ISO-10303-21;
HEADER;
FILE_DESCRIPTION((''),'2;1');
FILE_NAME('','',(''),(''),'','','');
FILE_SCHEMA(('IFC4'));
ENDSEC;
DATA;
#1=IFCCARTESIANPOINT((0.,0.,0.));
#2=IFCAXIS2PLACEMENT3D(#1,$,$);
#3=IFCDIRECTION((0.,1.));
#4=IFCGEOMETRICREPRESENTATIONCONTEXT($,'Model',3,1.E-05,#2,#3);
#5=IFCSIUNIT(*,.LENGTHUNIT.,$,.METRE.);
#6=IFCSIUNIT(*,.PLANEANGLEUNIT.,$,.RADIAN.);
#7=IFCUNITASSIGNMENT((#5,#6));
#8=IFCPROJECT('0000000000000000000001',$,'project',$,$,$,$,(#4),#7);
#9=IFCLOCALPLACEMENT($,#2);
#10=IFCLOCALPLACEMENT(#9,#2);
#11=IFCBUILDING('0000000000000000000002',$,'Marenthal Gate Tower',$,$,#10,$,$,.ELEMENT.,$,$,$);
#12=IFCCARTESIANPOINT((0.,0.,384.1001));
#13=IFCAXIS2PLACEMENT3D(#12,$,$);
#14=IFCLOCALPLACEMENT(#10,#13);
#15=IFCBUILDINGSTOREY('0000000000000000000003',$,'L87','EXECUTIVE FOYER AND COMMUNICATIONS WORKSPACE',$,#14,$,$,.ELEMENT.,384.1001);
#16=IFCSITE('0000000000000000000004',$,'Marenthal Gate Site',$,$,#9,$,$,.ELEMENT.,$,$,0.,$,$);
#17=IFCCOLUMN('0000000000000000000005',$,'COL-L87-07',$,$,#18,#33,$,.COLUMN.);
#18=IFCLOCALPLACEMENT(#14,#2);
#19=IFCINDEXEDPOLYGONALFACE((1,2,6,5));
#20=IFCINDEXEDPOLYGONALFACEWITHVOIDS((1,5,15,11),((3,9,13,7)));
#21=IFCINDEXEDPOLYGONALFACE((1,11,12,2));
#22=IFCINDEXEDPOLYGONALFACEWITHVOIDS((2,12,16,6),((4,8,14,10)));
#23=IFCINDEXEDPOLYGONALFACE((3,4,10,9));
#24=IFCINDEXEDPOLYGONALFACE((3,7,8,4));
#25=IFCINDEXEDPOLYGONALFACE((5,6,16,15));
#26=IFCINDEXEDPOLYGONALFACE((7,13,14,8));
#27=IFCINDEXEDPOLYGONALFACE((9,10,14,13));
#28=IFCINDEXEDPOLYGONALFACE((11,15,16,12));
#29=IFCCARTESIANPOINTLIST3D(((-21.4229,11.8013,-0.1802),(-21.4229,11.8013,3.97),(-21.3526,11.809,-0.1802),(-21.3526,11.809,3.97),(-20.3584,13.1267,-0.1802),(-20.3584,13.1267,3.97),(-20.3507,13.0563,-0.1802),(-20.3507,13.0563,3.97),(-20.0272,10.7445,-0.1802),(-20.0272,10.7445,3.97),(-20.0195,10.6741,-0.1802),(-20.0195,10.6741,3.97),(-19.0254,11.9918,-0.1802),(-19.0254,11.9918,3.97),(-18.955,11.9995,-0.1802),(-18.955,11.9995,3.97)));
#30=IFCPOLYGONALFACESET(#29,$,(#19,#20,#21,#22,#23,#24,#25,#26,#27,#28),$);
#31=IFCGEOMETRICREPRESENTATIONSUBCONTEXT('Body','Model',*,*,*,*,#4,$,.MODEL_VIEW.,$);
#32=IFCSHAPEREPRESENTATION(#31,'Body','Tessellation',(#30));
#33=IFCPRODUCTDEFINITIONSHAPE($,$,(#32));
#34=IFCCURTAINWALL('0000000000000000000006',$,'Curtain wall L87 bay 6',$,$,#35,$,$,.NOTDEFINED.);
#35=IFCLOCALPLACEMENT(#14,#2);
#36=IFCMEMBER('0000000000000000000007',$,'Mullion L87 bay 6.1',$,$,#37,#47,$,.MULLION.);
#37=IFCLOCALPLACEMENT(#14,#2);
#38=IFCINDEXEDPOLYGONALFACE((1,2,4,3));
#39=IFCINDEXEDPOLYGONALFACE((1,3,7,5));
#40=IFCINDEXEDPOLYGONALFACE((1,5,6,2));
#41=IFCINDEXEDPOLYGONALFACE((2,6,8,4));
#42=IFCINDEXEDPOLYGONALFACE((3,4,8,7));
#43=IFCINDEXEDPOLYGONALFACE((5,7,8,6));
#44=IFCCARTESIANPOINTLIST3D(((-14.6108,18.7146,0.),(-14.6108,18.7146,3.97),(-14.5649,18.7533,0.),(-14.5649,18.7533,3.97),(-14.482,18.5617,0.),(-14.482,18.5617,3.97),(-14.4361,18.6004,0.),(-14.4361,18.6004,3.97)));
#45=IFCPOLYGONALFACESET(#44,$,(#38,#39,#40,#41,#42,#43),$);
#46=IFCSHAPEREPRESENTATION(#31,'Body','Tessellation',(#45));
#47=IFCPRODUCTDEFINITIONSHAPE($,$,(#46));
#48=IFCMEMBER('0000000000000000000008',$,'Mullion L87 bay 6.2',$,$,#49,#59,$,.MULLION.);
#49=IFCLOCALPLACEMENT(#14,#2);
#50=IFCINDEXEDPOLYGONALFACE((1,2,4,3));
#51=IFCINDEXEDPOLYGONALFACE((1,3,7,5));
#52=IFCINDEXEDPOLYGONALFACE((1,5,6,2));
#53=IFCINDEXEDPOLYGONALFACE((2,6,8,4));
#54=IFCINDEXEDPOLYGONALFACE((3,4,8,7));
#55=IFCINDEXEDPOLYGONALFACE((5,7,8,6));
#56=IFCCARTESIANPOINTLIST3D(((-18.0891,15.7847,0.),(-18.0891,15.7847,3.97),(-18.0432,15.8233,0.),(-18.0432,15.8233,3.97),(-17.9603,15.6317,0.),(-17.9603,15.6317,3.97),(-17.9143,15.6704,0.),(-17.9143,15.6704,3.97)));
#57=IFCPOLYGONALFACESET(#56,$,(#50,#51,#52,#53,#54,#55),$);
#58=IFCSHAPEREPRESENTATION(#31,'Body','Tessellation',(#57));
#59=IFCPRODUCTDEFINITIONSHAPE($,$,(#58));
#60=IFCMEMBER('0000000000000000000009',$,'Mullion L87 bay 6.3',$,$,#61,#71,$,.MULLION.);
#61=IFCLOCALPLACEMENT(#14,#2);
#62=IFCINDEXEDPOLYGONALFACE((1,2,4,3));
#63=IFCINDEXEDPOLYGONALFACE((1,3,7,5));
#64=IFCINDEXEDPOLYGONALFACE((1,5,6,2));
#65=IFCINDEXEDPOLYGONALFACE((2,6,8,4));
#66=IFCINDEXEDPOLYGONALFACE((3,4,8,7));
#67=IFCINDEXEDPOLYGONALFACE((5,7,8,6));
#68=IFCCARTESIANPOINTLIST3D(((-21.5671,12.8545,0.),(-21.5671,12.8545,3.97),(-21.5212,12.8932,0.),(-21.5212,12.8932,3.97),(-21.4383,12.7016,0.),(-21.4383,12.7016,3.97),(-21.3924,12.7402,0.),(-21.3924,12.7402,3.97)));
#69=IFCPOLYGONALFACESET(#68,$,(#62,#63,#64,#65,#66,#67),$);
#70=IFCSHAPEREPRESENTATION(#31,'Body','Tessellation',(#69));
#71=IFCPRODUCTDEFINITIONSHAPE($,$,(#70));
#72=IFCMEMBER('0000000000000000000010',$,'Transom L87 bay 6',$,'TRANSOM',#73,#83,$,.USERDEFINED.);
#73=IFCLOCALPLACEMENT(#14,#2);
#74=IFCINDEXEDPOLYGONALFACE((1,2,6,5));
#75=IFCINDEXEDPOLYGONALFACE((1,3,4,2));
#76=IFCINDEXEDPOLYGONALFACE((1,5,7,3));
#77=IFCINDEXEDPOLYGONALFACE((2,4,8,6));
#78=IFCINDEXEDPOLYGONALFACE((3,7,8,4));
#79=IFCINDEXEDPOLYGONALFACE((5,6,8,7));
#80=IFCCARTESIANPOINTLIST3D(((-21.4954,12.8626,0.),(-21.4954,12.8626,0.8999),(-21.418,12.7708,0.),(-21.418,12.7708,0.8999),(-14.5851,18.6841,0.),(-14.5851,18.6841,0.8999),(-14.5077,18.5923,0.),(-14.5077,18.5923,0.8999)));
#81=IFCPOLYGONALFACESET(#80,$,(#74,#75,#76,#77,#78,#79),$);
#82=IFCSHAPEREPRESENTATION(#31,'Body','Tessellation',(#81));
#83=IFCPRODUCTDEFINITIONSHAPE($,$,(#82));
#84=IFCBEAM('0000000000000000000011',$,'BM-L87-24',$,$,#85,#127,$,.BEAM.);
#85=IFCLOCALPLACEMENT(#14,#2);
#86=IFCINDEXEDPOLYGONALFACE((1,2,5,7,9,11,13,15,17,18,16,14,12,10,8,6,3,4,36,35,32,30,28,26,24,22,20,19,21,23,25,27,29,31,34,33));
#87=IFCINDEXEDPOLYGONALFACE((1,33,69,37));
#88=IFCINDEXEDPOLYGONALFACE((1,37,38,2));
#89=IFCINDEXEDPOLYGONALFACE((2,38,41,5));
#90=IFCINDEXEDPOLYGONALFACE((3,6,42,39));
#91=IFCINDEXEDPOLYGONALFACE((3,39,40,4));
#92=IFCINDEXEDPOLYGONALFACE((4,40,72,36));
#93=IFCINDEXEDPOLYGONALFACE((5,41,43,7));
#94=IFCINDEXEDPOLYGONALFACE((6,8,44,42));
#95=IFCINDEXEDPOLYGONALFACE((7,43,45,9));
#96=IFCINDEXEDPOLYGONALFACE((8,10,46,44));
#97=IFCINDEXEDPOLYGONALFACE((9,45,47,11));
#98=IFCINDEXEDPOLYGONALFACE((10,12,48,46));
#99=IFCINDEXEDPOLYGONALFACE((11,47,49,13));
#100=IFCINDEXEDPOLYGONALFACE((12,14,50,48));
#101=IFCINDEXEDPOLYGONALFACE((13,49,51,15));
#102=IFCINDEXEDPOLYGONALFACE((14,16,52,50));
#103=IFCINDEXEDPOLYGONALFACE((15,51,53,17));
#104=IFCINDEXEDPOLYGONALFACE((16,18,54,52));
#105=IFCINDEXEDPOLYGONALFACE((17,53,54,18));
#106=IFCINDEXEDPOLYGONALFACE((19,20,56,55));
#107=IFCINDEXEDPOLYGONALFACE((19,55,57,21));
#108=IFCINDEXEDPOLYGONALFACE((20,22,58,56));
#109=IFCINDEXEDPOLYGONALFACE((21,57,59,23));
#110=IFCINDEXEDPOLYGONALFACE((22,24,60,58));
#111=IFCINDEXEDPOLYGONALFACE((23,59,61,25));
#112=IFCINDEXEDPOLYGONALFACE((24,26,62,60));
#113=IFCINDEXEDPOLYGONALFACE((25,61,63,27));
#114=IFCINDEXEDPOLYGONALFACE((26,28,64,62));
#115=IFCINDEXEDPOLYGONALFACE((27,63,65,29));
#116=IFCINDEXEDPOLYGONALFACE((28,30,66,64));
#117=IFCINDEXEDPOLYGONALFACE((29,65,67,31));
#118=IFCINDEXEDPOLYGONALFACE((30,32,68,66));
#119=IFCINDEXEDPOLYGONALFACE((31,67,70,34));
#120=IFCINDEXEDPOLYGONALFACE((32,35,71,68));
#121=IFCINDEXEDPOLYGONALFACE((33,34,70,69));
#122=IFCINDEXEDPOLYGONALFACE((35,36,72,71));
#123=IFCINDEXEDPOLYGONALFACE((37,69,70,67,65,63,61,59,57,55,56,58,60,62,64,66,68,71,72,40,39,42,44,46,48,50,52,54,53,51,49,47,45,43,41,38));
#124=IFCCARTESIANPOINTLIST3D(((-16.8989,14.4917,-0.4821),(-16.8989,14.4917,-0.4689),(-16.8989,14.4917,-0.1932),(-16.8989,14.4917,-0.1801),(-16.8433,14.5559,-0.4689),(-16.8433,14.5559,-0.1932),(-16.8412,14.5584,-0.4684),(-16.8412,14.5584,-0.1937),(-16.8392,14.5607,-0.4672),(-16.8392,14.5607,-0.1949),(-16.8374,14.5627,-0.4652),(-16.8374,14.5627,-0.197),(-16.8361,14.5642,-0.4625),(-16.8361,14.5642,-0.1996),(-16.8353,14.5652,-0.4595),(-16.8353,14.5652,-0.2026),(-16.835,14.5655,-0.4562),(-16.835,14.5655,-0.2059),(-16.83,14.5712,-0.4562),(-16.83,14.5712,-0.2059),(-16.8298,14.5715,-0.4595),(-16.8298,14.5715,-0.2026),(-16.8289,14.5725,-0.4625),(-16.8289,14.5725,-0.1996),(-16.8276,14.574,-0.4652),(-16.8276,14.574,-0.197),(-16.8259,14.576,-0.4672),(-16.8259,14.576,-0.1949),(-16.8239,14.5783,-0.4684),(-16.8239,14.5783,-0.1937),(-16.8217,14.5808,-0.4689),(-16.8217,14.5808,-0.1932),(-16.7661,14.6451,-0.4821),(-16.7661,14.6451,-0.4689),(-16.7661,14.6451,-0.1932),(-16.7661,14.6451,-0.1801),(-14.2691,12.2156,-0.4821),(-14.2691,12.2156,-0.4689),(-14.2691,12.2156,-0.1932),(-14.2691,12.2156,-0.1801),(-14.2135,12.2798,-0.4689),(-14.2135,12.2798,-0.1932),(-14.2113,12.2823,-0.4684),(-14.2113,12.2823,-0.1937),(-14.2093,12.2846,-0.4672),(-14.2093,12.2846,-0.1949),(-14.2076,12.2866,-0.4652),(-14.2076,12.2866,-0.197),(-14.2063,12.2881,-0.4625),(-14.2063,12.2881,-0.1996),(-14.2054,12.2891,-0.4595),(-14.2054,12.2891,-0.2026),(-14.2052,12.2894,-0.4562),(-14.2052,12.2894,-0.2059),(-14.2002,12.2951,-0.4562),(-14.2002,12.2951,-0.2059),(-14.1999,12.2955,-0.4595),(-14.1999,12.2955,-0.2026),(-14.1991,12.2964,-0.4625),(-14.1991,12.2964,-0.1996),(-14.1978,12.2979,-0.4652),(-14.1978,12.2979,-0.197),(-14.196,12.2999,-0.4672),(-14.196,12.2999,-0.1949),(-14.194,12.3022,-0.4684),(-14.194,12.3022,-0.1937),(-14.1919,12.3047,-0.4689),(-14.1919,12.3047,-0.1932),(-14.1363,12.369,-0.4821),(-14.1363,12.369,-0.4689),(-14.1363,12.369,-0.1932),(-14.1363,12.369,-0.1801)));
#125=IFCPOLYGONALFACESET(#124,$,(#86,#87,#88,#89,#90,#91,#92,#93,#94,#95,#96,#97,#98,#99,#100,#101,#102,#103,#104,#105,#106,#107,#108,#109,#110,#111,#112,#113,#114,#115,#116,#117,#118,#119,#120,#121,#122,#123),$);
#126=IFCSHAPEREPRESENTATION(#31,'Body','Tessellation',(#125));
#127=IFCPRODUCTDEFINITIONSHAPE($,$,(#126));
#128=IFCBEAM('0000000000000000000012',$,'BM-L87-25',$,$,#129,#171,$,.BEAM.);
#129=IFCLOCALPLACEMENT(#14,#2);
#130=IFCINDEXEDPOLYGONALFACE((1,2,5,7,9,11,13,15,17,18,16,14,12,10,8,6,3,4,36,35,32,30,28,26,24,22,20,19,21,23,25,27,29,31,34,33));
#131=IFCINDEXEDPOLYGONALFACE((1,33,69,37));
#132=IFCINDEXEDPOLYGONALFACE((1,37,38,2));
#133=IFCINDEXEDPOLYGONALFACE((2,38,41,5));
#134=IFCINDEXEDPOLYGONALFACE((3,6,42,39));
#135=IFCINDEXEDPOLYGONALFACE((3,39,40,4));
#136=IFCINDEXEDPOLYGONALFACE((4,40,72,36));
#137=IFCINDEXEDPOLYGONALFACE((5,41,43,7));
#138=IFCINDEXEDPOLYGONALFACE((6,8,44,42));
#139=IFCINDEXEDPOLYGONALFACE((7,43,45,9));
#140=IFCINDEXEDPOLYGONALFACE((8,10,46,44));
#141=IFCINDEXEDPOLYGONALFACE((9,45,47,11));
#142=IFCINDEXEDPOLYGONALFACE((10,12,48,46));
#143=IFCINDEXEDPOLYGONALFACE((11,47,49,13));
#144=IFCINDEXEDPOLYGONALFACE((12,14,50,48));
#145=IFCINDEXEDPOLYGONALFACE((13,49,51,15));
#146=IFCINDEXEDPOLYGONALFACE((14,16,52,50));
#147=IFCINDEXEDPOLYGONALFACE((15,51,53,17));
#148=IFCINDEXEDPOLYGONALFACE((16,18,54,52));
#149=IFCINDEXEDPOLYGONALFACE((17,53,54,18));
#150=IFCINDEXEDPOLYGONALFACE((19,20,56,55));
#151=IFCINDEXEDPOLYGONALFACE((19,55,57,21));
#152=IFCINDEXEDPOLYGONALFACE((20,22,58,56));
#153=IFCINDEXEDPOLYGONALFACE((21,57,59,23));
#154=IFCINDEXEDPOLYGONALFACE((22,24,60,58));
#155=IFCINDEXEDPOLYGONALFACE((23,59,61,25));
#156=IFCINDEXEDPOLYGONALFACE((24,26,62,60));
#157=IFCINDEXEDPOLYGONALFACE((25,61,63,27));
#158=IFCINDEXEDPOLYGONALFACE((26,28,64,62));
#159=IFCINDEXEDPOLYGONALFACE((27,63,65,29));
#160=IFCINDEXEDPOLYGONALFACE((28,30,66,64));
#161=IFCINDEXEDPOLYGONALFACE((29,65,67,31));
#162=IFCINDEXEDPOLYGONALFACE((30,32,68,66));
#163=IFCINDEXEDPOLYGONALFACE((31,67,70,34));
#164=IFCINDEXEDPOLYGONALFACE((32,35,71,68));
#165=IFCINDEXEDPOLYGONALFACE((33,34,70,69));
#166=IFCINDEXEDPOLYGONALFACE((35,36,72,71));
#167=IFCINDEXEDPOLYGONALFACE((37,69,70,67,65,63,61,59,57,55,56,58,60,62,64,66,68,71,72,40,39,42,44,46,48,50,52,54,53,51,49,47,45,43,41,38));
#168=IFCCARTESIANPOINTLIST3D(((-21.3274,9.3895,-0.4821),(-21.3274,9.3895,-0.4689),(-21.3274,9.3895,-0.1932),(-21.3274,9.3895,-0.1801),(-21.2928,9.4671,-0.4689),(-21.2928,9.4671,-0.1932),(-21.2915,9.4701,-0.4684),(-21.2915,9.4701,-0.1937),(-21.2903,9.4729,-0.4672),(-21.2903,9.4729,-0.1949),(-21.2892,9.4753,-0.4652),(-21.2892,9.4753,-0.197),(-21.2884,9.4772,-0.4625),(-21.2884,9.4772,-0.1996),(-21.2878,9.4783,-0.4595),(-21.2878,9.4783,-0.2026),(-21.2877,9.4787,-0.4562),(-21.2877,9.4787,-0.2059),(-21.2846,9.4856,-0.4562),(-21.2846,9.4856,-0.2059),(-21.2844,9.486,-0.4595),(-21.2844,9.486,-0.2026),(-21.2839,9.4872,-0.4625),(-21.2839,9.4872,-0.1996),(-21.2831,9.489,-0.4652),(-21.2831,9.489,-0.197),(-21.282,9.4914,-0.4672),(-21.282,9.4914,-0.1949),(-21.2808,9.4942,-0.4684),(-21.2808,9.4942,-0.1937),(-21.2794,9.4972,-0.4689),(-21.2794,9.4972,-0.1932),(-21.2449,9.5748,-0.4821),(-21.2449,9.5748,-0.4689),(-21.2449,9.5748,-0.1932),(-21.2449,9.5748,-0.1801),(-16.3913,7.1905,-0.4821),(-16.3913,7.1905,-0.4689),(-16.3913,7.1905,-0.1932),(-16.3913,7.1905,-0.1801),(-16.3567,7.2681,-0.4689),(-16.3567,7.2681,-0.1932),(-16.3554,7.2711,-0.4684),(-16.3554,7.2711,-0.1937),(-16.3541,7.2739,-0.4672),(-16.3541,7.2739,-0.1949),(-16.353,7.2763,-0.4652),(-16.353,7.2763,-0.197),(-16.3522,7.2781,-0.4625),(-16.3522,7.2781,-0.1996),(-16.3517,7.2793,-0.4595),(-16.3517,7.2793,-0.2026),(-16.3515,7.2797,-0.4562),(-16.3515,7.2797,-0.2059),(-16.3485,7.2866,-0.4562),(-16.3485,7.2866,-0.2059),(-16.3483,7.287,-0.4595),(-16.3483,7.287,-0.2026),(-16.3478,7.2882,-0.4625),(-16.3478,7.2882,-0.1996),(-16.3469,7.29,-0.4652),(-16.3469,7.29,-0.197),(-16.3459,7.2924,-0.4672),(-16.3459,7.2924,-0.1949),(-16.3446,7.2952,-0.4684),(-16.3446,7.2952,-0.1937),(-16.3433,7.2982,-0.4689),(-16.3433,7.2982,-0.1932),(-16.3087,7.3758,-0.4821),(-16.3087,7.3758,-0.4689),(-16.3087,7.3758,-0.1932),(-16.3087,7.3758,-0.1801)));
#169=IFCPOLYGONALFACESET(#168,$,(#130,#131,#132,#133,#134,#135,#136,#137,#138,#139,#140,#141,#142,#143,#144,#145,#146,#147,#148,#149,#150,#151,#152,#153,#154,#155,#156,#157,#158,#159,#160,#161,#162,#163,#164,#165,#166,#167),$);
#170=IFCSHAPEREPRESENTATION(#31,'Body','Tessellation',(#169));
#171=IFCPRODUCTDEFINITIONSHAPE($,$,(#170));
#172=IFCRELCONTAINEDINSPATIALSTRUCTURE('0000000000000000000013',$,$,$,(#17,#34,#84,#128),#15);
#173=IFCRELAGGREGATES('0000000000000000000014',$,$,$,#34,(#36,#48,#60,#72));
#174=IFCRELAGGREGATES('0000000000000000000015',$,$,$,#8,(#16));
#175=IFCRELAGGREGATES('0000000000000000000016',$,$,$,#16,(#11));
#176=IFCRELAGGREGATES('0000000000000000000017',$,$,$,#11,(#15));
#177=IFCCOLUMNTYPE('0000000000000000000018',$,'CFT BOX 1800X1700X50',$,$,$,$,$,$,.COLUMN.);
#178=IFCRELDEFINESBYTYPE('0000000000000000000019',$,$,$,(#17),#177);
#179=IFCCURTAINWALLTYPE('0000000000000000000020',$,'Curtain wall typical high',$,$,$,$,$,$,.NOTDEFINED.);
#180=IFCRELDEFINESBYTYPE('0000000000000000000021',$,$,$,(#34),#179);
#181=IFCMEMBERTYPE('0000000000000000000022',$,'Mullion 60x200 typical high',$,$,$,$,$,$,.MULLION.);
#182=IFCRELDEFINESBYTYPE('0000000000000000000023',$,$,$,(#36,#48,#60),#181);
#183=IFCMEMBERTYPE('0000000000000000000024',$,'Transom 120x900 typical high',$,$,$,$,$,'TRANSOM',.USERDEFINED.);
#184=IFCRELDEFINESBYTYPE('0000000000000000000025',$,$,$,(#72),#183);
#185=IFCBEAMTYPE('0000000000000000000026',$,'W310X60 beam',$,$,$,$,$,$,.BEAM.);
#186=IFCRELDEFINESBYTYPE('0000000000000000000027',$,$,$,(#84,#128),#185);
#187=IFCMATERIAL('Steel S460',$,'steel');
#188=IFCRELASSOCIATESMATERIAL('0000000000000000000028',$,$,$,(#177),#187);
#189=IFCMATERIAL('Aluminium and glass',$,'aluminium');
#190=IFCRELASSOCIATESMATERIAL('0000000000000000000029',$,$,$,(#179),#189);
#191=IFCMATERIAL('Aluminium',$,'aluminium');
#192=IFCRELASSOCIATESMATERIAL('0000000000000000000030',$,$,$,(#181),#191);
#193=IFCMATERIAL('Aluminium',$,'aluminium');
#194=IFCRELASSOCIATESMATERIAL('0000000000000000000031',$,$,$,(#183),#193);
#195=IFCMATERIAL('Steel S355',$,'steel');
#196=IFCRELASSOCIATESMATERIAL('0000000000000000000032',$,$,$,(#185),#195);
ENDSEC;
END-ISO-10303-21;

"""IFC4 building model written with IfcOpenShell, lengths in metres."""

from ifc_helpers import new_model, si_unit, direction, frame, origin, origin_2d, place, context, subcontext, project, spatial, rectangle, hollow_rectangle, i_section, extrude, material, material_profile, profile_set, type_object, element, aggregate, save


model = new_model("IFC4")

# Units and contexts
model_context = context("Model", 3, precision=1e-05, world=origin(), true_north=direction((0.0, 1.0)))
body_context = subcontext(model_context, "Body", "Model", "MODEL_VIEW")
ifc_project = project(units=[si_unit("LENGTHUNIT", "METRE"), si_unit("PLANEANGLEUNIT", "RADIAN")], contexts=[model_context])

# Site, building, storey
site_placement = place(None, origin())
site = spatial("IfcSite", under=ifc_project, at=site_placement, Name="Marenthal Gate Site", CompositionType="ELEMENT", RefElevation=0.0)
building_placement = place(site_placement, origin())
building = spatial("IfcBuilding", under=site, at=building_placement, Name="Marenthal Gate Tower", CompositionType="ELEMENT")
storey_placement = place(building_placement, frame((0.0, 0.0, 384.1001)))
storey = spatial("IfcBuildingStorey", under=building, at=storey_placement, Name="L87", Description="EXECUTIVE FOYER AND COMMUNICATIONS WORKSPACE", CompositionType="ELEMENT", Elevation=384.1001)

# Column
ifc_material_1 = material(Name="Steel S460", Category="steel")
ifc_material_profile_1 = material_profile(ifc_material_1, hollow_rectangle(XDim=1.7, YDim=1.8, WallThickness=0.05, at=origin_2d()), Name="CFT BOX 1800X1700X50")
ifc_material_2 = material(Name="Concrete 70 MPa", Category="concrete")
ifc_material_profile_2 = material_profile(ifc_material_2, rectangle(XDim=1.6001, YDim=1.7, at=origin_2d()), Name="CFT BOX 1800X1700X50 INFILL")
ifc_profile_set_1 = profile_set([ifc_material_profile_1, ifc_material_profile_2], Name="Steel S460 shell, Concrete 70 MPa infill")
column_type = type_object("IfcColumnType", Name="CFT BOX 1800X1700X50", PredefinedType="COLUMN", material=ifc_profile_set_1)
column_placement = place(storey_placement, frame((-20.189, 11.9004, -0.1802), z_axis=(0.0, 0.0, 1.0), x_axis=(0.626198, 0.779664, 0.0)))
element("IfcColumn", 1, at=column_placement, inside=storey, type_object=column_type, Name="COL-L87-07", PredefinedType="COLUMN", context=body_context, shape_type="SweptSolid", body=[
    extrude(hollow_rectangle(XDim=1.7, YDim=1.8, WallThickness=0.05, at=origin_2d()), origin(), (0.0, 0.0, 1.0), 4.1501),
])

# Curtain wall, members
ifc_material_3 = material(Name="Aluminium and glass", Category="aluminium")
curtain_wall_type = type_object("IfcCurtainWallType", Name="Curtain wall typical high", PredefinedType="NOTDEFINED", material=ifc_material_3)
curtain_wall_placement = place(storey_placement, origin())
curtain_wall = element("IfcCurtainWall", 2, at=curtain_wall_placement, inside=storey, type_object=curtain_wall_type, Name="Curtain wall L87 bay 6", PredefinedType="NOTDEFINED")
ifc_material_4 = material(Name="Aluminium", Category="aluminium")
ifc_material_profile_3 = material_profile(ifc_material_4, rectangle(XDim=0.2, YDim=0.0601, at=origin_2d()), Name="60x200 aluminium mullion")
ifc_profile_set_2 = profile_set([ifc_material_profile_3], Name="Aluminium")
member_type_1 = type_object("IfcMemberType", Name="Mullion 60x200 typical high", PredefinedType="MULLION", material=ifc_profile_set_2)
member_1_placement = place(storey_placement, frame((-14.5234, 18.6575, 0.0), z_axis=(0.0, 0.0, 1.0), x_axis=(0.644265, -0.764802, 0.0)))
member_1 = element("IfcMember", 3, at=member_1_placement, type_object=member_type_1, Name="Mullion L87 bay 6.1", PredefinedType="MULLION", context=body_context, shape_type="SweptSolid", body=[
    extrude(rectangle(XDim=0.2, YDim=0.0601, at=origin_2d()), origin(), (0.0, 0.0, 1.0), 3.97),
])
member_2_placement = place(storey_placement, frame((-18.0017, 15.7275, 0.0), z_axis=(0.0, 0.0, 1.0), x_axis=(0.644265, -0.764802, 0.0)))
member_2 = element("IfcMember", 4, at=member_2_placement, type_object=member_type_1, Name="Mullion L87 bay 6.2", PredefinedType="MULLION", context=body_context, shape_type="SweptSolid", body=[
    extrude(rectangle(XDim=0.2, YDim=0.0601, at=origin_2d()), origin(), (0.0, 0.0, 1.0), 3.97),
])
member_3_placement = place(storey_placement, frame((-21.4797, 12.7974, 0.0), z_axis=(0.0, 0.0, 1.0), x_axis=(0.644265, -0.764802, 0.0)))
member_3 = element("IfcMember", 5, at=member_3_placement, type_object=member_type_1, Name="Mullion L87 bay 6.3", PredefinedType="MULLION", context=body_context, shape_type="SweptSolid", body=[
    extrude(rectangle(XDim=0.2, YDim=0.0601, at=origin_2d()), origin(), (0.0, 0.0, 1.0), 3.97),
])
ifc_material_5 = material(Name="Aluminium", Category="aluminium")
ifc_material_profile_4 = material_profile(ifc_material_5, rectangle(XDim=0.1201, YDim=0.8999, at=origin_2d()), Name="120x900 aluminium transom")
ifc_profile_set_3 = profile_set([ifc_material_profile_4], Name="Aluminium")
member_type_2 = type_object("IfcMemberType", Name="Transom 120x900 typical high", ElementType="TRANSOM", PredefinedType="USERDEFINED", material=ifc_profile_set_3)
member_4_placement = place(storey_placement, frame((-14.5464, 18.6382, 0.45), z_axis=(-0.764789, -0.644281, 0.0), x_axis=(0.644281, -0.764789, 0.0)))
member_4 = element("IfcMember", 6, at=member_4_placement, type_object=member_type_2, Name="Transom L87 bay 6", ObjectType="TRANSOM", PredefinedType="USERDEFINED", context=body_context, shape_type="SweptSolid", body=[
    extrude(rectangle(XDim=0.1201, YDim=0.8999, at=origin_2d()), origin(), (0.0, 0.0, 1.0), 9.0356),
])

# Beams
ifc_material_6 = material(Name="Steel S355", Category="steel")
ifc_material_profile_5 = material_profile(ifc_material_6, i_section(OverallWidth=0.2029, OverallDepth=0.302, WebThickness=0.0076, FlangeThickness=0.0132, FilletRadius=0.0127, at=origin_2d()), Name="W310X60")
ifc_profile_set_4 = profile_set([ifc_material_profile_5], Name="Steel S355")
beam_type_1 = type_object("IfcBeamType", Name="W310X60 beam", PredefinedType="BEAM", material=ifc_profile_set_4)
beam_1_placement = place(storey_placement, frame((-16.8325, 14.5684, -0.3311), z_axis=(0.756131, -0.65442, 0.0), x_axis=(0.65442, 0.756131, 0.0)))
element("IfcBeam", 7, at=beam_1_placement, inside=storey, type_object=beam_type_1, Name="BM-L87-24", PredefinedType="BEAM", context=body_context, shape_type="SweptSolid", body=[
    extrude(i_section(OverallWidth=0.2029, OverallDepth=0.302, WebThickness=0.0076, FlangeThickness=0.0132, FilletRadius=0.0127, at=origin_2d()), origin(), (0.0, 0.0, 1.0), 3.478),
])
beam_2_placement = place(storey_placement, frame((-21.2861, 9.4822, -0.3311), z_axis=(0.913455, -0.406939, 0.0), x_axis=(0.406939, 0.913455, 0.0)))
element("IfcBeam", 8, at=beam_2_placement, inside=storey, type_object=beam_type_1, Name="BM-L87-25", PredefinedType="BEAM", context=body_context, shape_type="SweptSolid", body=[
    extrude(i_section(OverallWidth=0.2029, OverallDepth=0.302, WebThickness=0.0076, FlangeThickness=0.0132, FilletRadius=0.0127, at=origin_2d()), origin(), (0.0, 0.0, 1.0), 5.4038),
])

aggregate(curtain_wall, [member_1, member_2, member_3, member_4])

save(model, "model.ifc")
